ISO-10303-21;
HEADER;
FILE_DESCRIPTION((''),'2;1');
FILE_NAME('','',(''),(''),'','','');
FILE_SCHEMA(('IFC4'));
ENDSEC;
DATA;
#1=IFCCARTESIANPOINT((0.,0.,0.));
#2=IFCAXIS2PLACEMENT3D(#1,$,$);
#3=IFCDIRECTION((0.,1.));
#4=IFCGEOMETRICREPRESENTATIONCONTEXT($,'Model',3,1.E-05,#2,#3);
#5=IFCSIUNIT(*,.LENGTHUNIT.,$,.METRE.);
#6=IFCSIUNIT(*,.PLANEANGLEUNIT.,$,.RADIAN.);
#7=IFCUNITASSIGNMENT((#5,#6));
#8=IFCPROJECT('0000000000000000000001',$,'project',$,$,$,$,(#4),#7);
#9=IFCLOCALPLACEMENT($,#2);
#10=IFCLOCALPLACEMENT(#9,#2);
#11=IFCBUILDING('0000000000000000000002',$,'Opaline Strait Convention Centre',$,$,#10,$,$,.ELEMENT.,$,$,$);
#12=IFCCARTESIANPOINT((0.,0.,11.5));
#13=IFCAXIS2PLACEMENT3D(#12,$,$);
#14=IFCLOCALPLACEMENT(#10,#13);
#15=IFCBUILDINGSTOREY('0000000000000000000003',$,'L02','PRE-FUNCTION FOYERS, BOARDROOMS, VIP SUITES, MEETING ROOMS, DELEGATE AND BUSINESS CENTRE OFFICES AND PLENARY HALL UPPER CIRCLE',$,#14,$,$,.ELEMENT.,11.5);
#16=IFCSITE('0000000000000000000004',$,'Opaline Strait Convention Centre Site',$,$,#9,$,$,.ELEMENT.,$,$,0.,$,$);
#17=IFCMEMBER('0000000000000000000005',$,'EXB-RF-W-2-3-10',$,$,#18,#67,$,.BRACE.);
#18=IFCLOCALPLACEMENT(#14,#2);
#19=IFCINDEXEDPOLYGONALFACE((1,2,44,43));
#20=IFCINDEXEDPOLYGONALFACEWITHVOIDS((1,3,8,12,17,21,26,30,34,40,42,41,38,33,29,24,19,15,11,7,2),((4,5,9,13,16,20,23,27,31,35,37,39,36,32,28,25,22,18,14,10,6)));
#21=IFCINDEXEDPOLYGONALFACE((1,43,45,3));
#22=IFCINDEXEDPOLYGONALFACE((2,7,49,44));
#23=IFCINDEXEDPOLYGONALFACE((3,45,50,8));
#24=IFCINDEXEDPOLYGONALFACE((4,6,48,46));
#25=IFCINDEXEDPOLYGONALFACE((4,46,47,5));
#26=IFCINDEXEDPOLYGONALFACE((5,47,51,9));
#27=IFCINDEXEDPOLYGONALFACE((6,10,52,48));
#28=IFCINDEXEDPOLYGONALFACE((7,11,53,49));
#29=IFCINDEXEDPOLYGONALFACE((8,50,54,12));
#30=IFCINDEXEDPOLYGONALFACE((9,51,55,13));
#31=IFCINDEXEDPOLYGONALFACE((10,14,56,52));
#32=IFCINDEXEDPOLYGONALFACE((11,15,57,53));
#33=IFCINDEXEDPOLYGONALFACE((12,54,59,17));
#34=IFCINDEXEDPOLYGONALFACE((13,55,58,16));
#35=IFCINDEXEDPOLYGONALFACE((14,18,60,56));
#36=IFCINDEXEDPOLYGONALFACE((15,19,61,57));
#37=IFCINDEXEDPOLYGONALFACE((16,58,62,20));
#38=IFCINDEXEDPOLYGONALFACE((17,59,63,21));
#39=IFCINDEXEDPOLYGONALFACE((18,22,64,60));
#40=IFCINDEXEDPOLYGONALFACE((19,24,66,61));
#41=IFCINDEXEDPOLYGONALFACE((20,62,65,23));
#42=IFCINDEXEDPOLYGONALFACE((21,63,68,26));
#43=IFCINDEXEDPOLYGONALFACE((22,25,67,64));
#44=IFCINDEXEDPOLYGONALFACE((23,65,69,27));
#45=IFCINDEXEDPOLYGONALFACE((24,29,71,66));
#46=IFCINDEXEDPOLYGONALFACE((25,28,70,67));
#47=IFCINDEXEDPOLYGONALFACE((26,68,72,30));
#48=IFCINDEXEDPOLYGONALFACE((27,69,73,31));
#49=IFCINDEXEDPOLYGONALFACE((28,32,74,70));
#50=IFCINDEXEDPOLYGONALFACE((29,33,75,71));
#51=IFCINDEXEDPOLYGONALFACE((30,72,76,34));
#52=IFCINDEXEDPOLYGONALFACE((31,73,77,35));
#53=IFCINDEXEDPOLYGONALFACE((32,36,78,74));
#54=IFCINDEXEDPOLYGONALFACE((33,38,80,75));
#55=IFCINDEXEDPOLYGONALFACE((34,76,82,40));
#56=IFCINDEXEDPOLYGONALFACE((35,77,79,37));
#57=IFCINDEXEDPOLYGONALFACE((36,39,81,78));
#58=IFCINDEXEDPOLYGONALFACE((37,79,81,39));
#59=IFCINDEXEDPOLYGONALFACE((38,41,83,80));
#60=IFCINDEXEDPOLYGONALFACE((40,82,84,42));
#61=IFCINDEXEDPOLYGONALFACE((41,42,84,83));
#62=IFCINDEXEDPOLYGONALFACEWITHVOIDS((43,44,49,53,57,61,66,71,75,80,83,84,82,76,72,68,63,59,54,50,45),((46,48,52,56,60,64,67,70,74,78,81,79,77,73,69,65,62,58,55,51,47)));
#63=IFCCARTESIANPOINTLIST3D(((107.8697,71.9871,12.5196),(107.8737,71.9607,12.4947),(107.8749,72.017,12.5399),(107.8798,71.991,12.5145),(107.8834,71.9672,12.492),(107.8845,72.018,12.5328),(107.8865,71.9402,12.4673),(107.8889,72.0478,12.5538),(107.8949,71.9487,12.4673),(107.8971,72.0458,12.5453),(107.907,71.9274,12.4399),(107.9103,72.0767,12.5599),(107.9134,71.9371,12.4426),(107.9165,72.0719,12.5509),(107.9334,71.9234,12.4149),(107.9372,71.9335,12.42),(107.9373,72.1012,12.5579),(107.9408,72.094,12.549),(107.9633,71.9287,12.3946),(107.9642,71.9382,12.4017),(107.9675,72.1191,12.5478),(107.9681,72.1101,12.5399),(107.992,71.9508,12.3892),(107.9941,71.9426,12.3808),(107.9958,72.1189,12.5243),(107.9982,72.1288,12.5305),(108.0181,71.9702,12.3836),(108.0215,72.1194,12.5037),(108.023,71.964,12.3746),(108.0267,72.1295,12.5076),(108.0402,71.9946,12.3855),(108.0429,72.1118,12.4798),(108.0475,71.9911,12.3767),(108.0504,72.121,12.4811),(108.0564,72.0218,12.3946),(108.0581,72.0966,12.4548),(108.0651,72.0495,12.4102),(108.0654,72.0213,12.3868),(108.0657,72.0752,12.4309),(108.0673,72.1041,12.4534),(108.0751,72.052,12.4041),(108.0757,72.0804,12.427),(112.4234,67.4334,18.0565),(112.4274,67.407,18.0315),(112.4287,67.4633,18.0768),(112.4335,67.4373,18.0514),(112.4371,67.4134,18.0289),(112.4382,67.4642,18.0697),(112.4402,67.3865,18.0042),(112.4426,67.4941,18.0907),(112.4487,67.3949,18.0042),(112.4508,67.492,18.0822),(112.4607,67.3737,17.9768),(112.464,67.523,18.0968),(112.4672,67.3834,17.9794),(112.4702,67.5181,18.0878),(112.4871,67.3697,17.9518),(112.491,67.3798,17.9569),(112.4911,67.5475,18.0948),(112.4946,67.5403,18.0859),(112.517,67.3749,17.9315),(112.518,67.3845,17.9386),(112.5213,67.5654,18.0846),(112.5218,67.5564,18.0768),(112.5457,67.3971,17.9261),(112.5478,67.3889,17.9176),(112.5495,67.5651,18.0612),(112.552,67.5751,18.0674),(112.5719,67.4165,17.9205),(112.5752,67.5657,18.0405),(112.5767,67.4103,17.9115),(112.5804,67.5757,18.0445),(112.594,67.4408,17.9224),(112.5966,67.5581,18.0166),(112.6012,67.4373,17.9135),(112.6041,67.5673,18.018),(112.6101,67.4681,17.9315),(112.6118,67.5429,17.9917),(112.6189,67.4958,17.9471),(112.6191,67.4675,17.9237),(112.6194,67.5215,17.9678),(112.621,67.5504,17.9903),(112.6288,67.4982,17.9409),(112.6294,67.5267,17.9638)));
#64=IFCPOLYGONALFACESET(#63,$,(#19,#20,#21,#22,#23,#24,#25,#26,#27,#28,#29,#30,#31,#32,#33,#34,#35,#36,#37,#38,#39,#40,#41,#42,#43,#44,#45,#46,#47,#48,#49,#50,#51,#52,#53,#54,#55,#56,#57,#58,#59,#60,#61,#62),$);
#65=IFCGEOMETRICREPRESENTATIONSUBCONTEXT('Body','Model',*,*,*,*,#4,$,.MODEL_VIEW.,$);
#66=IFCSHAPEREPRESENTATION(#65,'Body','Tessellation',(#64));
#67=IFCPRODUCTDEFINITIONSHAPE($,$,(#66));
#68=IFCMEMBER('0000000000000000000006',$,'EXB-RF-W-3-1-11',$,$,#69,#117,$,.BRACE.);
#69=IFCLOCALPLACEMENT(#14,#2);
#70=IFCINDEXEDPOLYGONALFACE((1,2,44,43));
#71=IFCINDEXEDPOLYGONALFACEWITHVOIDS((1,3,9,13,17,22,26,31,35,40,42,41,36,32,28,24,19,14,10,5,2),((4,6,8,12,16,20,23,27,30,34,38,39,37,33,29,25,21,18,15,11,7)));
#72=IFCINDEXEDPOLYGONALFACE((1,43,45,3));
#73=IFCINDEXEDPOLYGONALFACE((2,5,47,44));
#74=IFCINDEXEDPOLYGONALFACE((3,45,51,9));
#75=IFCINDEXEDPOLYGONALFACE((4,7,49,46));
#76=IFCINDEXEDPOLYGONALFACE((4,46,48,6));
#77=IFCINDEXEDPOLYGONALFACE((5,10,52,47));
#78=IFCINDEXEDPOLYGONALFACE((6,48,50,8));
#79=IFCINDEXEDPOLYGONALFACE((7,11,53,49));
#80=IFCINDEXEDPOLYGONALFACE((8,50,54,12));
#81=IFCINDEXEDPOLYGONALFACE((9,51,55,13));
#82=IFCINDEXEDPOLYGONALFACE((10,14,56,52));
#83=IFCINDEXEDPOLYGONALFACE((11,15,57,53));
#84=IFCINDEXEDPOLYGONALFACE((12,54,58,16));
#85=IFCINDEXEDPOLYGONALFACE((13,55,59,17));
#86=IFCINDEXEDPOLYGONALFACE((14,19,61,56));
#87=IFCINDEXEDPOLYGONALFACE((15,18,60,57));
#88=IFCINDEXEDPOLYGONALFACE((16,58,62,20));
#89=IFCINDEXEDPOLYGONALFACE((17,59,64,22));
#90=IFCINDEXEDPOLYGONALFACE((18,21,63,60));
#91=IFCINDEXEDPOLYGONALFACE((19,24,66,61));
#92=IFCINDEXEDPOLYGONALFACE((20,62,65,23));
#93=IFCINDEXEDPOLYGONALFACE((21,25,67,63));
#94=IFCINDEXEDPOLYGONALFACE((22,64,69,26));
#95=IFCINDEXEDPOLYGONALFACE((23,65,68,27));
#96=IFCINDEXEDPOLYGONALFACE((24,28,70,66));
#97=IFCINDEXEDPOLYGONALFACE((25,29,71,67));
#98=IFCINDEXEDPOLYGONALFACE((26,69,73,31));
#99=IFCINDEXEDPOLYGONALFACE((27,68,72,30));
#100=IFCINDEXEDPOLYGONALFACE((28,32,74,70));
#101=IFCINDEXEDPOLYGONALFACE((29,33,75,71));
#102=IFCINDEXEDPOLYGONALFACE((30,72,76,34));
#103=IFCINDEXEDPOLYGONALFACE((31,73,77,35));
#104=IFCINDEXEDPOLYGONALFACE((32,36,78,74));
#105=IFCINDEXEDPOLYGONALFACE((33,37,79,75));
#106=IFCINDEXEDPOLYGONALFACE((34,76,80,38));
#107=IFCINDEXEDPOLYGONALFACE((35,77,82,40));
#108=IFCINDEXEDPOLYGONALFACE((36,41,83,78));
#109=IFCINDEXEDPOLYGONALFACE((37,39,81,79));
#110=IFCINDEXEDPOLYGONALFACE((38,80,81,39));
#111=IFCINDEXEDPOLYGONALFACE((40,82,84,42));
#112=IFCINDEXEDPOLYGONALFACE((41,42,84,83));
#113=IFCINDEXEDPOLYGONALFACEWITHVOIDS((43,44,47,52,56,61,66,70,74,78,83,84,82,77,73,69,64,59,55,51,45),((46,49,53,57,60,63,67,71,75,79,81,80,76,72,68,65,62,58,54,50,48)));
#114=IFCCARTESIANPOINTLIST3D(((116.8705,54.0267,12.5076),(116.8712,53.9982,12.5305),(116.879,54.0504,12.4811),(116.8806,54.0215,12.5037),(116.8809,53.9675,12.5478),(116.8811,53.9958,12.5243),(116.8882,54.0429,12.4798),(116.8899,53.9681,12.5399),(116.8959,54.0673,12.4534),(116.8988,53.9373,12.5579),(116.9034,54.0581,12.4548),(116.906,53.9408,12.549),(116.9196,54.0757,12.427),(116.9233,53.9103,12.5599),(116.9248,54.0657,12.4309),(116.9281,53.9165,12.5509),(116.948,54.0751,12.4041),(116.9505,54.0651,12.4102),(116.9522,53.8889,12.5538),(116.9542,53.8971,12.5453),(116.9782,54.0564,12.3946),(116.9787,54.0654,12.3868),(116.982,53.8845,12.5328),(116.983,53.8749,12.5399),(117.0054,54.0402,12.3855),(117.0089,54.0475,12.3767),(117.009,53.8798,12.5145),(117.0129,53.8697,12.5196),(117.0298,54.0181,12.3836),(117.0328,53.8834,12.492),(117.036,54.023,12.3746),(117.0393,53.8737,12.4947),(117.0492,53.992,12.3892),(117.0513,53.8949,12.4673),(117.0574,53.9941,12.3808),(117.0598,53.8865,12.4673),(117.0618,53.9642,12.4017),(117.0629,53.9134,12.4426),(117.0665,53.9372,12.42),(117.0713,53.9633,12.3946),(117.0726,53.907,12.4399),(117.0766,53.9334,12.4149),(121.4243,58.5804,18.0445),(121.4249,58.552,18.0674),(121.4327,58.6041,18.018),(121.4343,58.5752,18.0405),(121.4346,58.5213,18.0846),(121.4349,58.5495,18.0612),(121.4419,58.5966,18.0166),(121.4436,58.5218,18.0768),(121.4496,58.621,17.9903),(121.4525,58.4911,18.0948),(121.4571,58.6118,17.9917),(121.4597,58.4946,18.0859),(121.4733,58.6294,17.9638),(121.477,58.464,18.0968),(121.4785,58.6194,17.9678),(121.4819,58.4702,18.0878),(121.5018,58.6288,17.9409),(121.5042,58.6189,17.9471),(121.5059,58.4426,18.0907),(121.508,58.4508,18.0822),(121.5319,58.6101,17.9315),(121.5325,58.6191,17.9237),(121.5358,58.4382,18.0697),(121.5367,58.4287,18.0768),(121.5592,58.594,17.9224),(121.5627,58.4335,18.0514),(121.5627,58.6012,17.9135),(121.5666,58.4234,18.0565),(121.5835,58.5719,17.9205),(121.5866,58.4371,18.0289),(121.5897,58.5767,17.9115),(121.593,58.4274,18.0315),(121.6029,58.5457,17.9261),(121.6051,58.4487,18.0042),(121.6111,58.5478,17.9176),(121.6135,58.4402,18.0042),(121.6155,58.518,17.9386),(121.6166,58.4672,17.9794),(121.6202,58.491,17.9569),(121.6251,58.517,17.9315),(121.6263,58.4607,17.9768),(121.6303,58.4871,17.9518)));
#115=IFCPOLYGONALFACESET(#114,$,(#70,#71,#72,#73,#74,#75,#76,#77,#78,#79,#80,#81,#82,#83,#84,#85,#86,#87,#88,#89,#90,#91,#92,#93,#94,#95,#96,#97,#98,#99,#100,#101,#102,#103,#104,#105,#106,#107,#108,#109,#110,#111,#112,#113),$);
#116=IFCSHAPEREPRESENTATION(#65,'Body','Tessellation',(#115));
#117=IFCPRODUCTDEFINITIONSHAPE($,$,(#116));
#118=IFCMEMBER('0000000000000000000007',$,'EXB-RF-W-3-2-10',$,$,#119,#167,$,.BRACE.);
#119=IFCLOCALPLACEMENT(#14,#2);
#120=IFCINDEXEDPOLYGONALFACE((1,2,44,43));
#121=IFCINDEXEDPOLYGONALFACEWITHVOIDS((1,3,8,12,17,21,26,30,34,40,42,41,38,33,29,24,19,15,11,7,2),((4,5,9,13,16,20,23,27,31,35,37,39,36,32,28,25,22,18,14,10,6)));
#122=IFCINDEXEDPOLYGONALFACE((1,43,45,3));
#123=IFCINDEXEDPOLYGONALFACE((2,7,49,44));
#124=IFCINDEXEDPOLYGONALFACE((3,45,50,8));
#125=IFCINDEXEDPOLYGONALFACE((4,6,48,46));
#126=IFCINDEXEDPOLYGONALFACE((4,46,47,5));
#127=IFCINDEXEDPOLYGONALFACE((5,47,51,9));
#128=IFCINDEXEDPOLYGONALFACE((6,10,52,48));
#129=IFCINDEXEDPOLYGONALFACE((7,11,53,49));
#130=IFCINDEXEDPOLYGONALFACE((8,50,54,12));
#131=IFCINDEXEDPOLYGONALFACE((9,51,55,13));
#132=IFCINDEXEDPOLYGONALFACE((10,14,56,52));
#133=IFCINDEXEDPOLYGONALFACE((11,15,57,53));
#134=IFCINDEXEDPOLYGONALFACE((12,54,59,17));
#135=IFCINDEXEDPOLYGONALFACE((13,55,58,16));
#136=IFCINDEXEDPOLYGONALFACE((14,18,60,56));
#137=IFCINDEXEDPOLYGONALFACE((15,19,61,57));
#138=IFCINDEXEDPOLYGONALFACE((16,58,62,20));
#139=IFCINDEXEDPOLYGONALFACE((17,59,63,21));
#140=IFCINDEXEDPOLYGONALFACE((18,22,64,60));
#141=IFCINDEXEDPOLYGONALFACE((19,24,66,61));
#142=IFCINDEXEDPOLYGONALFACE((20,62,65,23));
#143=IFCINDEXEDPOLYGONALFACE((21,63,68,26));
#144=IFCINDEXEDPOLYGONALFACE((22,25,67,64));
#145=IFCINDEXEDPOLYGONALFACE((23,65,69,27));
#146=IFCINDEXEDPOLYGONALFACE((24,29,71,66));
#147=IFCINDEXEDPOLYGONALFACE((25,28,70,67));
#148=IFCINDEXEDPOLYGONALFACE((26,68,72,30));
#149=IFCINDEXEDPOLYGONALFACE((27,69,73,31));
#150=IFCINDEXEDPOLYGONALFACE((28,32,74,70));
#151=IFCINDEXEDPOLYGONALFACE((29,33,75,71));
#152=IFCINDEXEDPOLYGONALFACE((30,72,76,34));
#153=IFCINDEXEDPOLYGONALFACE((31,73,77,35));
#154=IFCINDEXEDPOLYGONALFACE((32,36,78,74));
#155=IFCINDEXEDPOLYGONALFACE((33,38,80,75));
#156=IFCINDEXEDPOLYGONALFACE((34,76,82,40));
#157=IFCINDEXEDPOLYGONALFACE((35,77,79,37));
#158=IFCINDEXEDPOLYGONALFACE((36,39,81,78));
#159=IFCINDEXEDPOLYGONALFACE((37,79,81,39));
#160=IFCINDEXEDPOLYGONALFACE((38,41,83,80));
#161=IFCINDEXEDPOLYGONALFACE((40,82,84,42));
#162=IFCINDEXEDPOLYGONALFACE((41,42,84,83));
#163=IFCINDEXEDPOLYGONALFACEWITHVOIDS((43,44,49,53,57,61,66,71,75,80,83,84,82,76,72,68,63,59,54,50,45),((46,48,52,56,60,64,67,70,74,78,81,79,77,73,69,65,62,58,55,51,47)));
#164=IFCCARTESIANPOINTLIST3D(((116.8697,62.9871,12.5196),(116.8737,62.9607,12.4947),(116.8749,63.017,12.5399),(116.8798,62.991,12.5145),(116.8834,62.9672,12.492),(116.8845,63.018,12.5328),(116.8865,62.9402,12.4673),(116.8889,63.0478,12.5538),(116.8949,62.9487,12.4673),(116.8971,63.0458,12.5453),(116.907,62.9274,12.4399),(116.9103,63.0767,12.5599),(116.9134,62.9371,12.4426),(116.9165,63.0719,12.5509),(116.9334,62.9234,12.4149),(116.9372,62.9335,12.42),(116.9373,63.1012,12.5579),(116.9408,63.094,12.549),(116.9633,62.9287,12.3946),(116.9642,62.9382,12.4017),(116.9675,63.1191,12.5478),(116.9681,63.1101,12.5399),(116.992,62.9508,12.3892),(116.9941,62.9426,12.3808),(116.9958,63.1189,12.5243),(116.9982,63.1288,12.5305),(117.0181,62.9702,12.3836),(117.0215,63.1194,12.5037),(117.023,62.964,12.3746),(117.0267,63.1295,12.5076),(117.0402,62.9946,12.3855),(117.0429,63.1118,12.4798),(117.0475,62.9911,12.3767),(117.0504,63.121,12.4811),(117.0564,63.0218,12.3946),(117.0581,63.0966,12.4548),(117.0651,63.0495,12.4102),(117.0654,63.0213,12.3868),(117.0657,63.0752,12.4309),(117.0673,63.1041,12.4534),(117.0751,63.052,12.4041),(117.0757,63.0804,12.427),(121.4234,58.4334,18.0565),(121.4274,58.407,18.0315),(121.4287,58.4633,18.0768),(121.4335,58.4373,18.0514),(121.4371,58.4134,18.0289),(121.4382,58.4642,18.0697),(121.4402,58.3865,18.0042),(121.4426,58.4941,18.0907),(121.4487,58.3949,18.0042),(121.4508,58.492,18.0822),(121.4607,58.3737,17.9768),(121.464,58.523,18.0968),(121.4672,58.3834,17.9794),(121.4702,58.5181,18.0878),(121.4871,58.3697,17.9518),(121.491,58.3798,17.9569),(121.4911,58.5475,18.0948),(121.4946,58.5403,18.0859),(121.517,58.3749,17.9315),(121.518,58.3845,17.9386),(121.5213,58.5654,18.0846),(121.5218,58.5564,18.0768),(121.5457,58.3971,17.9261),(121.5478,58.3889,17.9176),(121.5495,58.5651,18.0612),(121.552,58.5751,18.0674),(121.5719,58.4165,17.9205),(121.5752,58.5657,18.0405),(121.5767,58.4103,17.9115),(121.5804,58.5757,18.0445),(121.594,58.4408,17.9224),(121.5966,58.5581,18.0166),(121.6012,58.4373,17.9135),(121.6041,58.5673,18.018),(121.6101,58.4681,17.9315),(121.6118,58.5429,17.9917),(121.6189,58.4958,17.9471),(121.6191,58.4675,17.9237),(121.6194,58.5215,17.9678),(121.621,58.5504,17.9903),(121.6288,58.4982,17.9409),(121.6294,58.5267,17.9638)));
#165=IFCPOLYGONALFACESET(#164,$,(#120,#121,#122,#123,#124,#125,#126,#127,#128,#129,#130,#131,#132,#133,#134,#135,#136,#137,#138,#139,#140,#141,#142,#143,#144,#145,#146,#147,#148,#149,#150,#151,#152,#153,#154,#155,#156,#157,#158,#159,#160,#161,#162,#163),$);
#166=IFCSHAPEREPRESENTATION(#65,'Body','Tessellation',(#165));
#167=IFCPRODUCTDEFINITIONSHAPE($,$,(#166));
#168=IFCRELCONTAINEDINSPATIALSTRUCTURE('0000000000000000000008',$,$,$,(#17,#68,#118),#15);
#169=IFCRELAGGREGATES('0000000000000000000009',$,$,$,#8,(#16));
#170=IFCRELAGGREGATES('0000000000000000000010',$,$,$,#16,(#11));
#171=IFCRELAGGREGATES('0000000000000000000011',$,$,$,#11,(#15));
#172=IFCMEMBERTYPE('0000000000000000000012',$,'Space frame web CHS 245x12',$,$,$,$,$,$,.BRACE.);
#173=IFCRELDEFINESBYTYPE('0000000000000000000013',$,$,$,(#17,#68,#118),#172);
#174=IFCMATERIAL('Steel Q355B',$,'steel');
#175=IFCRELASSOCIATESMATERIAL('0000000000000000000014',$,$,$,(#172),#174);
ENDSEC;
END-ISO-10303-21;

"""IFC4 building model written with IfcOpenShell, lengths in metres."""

from ifc_helpers import new_model, si_unit, direction, frame, origin, origin_2d, place, context, subcontext, project, spatial, hollow_circle, extrude, material, material_profile, profile_set, type_object, element, save


model = new_model("IFC4")

# Units and contexts
model_context = context("Model", 3, precision=1e-05, world=origin(), true_north=direction((0.0, 1.0)))
body_context = subcontext(model_context, "Body", "Model", "MODEL_VIEW")
ifc_project = project(units=[si_unit("LENGTHUNIT", "METRE"), si_unit("PLANEANGLEUNIT", "RADIAN")], contexts=[model_context])

# Site, building, storey
site_placement = place(None, origin())
site = spatial("IfcSite", under=ifc_project, at=site_placement, Name="Opaline Strait Convention Centre Site", CompositionType="ELEMENT", RefElevation=0.0)
building_placement = place(site_placement, origin())
building = spatial("IfcBuilding", under=site, at=building_placement, Name="Opaline Strait Convention Centre", CompositionType="ELEMENT")
storey_placement = place(building_placement, frame((0.0, 0.0, 11.5)))
storey = spatial("IfcBuildingStorey", under=building, at=storey_placement, Name="L02", Description="PRE-FUNCTION FOYERS, BOARDROOMS, VIP SUITES, MEETING ROOMS, DELEGATE AND BUSINESS CENTRE OFFICES AND PLENARY HALL UPPER CIRCLE", CompositionType="ELEMENT", Elevation=11.5)

# Members
ifc_material = material(Name="Steel Q355B", Category="steel")
ifc_material_profile_1 = material_profile(ifc_material, hollow_circle(Radius=0.1226, WallThickness=0.012, at=origin_2d()), Name="CHS 245x12")
ifc_profile_set_1 = profile_set([ifc_material_profile_1], Name="Steel Q355B")
member_type_1 = type_object("IfcMemberType", Name="Space frame web CHS 245x12", PredefinedType="BRACE", material=ifc_profile_set_1)
for number, where, z_axis, x_axis, name in (
    (1, (112.5269, 67.4731, 18.0042), (-0.536178, 0.536178, -0.65194), (-0.707107, -0.707107, 0.0), "EXB-RF-W-2-3-10"),
    (2, (121.5269, 58.5269, 18.0042), (-0.536178, -0.536178, -0.65194), (0.707107, -0.707107, 0.0), "EXB-RF-W-3-1-11"),
    (3, (121.5269, 58.4731, 18.0042), (-0.536178, 0.536178, -0.65194), (-0.707107, -0.707107, 0.0), "EXB-RF-W-3-2-10"),
):
    element("IfcMember", number, at=place(storey_placement, frame(where, z_axis=z_axis, x_axis=x_axis)), inside=storey, type_object=member_type_1, Name=name, PredefinedType="BRACE", context=body_context, shape_type="SweptSolid", body=[
        extrude(hollow_circle(Radius=0.1226, WallThickness=0.012, at=origin_2d()), origin(), (0.0, 0.0, 1.0), 8.4929),
    ])

save(model, "model.ifc")
